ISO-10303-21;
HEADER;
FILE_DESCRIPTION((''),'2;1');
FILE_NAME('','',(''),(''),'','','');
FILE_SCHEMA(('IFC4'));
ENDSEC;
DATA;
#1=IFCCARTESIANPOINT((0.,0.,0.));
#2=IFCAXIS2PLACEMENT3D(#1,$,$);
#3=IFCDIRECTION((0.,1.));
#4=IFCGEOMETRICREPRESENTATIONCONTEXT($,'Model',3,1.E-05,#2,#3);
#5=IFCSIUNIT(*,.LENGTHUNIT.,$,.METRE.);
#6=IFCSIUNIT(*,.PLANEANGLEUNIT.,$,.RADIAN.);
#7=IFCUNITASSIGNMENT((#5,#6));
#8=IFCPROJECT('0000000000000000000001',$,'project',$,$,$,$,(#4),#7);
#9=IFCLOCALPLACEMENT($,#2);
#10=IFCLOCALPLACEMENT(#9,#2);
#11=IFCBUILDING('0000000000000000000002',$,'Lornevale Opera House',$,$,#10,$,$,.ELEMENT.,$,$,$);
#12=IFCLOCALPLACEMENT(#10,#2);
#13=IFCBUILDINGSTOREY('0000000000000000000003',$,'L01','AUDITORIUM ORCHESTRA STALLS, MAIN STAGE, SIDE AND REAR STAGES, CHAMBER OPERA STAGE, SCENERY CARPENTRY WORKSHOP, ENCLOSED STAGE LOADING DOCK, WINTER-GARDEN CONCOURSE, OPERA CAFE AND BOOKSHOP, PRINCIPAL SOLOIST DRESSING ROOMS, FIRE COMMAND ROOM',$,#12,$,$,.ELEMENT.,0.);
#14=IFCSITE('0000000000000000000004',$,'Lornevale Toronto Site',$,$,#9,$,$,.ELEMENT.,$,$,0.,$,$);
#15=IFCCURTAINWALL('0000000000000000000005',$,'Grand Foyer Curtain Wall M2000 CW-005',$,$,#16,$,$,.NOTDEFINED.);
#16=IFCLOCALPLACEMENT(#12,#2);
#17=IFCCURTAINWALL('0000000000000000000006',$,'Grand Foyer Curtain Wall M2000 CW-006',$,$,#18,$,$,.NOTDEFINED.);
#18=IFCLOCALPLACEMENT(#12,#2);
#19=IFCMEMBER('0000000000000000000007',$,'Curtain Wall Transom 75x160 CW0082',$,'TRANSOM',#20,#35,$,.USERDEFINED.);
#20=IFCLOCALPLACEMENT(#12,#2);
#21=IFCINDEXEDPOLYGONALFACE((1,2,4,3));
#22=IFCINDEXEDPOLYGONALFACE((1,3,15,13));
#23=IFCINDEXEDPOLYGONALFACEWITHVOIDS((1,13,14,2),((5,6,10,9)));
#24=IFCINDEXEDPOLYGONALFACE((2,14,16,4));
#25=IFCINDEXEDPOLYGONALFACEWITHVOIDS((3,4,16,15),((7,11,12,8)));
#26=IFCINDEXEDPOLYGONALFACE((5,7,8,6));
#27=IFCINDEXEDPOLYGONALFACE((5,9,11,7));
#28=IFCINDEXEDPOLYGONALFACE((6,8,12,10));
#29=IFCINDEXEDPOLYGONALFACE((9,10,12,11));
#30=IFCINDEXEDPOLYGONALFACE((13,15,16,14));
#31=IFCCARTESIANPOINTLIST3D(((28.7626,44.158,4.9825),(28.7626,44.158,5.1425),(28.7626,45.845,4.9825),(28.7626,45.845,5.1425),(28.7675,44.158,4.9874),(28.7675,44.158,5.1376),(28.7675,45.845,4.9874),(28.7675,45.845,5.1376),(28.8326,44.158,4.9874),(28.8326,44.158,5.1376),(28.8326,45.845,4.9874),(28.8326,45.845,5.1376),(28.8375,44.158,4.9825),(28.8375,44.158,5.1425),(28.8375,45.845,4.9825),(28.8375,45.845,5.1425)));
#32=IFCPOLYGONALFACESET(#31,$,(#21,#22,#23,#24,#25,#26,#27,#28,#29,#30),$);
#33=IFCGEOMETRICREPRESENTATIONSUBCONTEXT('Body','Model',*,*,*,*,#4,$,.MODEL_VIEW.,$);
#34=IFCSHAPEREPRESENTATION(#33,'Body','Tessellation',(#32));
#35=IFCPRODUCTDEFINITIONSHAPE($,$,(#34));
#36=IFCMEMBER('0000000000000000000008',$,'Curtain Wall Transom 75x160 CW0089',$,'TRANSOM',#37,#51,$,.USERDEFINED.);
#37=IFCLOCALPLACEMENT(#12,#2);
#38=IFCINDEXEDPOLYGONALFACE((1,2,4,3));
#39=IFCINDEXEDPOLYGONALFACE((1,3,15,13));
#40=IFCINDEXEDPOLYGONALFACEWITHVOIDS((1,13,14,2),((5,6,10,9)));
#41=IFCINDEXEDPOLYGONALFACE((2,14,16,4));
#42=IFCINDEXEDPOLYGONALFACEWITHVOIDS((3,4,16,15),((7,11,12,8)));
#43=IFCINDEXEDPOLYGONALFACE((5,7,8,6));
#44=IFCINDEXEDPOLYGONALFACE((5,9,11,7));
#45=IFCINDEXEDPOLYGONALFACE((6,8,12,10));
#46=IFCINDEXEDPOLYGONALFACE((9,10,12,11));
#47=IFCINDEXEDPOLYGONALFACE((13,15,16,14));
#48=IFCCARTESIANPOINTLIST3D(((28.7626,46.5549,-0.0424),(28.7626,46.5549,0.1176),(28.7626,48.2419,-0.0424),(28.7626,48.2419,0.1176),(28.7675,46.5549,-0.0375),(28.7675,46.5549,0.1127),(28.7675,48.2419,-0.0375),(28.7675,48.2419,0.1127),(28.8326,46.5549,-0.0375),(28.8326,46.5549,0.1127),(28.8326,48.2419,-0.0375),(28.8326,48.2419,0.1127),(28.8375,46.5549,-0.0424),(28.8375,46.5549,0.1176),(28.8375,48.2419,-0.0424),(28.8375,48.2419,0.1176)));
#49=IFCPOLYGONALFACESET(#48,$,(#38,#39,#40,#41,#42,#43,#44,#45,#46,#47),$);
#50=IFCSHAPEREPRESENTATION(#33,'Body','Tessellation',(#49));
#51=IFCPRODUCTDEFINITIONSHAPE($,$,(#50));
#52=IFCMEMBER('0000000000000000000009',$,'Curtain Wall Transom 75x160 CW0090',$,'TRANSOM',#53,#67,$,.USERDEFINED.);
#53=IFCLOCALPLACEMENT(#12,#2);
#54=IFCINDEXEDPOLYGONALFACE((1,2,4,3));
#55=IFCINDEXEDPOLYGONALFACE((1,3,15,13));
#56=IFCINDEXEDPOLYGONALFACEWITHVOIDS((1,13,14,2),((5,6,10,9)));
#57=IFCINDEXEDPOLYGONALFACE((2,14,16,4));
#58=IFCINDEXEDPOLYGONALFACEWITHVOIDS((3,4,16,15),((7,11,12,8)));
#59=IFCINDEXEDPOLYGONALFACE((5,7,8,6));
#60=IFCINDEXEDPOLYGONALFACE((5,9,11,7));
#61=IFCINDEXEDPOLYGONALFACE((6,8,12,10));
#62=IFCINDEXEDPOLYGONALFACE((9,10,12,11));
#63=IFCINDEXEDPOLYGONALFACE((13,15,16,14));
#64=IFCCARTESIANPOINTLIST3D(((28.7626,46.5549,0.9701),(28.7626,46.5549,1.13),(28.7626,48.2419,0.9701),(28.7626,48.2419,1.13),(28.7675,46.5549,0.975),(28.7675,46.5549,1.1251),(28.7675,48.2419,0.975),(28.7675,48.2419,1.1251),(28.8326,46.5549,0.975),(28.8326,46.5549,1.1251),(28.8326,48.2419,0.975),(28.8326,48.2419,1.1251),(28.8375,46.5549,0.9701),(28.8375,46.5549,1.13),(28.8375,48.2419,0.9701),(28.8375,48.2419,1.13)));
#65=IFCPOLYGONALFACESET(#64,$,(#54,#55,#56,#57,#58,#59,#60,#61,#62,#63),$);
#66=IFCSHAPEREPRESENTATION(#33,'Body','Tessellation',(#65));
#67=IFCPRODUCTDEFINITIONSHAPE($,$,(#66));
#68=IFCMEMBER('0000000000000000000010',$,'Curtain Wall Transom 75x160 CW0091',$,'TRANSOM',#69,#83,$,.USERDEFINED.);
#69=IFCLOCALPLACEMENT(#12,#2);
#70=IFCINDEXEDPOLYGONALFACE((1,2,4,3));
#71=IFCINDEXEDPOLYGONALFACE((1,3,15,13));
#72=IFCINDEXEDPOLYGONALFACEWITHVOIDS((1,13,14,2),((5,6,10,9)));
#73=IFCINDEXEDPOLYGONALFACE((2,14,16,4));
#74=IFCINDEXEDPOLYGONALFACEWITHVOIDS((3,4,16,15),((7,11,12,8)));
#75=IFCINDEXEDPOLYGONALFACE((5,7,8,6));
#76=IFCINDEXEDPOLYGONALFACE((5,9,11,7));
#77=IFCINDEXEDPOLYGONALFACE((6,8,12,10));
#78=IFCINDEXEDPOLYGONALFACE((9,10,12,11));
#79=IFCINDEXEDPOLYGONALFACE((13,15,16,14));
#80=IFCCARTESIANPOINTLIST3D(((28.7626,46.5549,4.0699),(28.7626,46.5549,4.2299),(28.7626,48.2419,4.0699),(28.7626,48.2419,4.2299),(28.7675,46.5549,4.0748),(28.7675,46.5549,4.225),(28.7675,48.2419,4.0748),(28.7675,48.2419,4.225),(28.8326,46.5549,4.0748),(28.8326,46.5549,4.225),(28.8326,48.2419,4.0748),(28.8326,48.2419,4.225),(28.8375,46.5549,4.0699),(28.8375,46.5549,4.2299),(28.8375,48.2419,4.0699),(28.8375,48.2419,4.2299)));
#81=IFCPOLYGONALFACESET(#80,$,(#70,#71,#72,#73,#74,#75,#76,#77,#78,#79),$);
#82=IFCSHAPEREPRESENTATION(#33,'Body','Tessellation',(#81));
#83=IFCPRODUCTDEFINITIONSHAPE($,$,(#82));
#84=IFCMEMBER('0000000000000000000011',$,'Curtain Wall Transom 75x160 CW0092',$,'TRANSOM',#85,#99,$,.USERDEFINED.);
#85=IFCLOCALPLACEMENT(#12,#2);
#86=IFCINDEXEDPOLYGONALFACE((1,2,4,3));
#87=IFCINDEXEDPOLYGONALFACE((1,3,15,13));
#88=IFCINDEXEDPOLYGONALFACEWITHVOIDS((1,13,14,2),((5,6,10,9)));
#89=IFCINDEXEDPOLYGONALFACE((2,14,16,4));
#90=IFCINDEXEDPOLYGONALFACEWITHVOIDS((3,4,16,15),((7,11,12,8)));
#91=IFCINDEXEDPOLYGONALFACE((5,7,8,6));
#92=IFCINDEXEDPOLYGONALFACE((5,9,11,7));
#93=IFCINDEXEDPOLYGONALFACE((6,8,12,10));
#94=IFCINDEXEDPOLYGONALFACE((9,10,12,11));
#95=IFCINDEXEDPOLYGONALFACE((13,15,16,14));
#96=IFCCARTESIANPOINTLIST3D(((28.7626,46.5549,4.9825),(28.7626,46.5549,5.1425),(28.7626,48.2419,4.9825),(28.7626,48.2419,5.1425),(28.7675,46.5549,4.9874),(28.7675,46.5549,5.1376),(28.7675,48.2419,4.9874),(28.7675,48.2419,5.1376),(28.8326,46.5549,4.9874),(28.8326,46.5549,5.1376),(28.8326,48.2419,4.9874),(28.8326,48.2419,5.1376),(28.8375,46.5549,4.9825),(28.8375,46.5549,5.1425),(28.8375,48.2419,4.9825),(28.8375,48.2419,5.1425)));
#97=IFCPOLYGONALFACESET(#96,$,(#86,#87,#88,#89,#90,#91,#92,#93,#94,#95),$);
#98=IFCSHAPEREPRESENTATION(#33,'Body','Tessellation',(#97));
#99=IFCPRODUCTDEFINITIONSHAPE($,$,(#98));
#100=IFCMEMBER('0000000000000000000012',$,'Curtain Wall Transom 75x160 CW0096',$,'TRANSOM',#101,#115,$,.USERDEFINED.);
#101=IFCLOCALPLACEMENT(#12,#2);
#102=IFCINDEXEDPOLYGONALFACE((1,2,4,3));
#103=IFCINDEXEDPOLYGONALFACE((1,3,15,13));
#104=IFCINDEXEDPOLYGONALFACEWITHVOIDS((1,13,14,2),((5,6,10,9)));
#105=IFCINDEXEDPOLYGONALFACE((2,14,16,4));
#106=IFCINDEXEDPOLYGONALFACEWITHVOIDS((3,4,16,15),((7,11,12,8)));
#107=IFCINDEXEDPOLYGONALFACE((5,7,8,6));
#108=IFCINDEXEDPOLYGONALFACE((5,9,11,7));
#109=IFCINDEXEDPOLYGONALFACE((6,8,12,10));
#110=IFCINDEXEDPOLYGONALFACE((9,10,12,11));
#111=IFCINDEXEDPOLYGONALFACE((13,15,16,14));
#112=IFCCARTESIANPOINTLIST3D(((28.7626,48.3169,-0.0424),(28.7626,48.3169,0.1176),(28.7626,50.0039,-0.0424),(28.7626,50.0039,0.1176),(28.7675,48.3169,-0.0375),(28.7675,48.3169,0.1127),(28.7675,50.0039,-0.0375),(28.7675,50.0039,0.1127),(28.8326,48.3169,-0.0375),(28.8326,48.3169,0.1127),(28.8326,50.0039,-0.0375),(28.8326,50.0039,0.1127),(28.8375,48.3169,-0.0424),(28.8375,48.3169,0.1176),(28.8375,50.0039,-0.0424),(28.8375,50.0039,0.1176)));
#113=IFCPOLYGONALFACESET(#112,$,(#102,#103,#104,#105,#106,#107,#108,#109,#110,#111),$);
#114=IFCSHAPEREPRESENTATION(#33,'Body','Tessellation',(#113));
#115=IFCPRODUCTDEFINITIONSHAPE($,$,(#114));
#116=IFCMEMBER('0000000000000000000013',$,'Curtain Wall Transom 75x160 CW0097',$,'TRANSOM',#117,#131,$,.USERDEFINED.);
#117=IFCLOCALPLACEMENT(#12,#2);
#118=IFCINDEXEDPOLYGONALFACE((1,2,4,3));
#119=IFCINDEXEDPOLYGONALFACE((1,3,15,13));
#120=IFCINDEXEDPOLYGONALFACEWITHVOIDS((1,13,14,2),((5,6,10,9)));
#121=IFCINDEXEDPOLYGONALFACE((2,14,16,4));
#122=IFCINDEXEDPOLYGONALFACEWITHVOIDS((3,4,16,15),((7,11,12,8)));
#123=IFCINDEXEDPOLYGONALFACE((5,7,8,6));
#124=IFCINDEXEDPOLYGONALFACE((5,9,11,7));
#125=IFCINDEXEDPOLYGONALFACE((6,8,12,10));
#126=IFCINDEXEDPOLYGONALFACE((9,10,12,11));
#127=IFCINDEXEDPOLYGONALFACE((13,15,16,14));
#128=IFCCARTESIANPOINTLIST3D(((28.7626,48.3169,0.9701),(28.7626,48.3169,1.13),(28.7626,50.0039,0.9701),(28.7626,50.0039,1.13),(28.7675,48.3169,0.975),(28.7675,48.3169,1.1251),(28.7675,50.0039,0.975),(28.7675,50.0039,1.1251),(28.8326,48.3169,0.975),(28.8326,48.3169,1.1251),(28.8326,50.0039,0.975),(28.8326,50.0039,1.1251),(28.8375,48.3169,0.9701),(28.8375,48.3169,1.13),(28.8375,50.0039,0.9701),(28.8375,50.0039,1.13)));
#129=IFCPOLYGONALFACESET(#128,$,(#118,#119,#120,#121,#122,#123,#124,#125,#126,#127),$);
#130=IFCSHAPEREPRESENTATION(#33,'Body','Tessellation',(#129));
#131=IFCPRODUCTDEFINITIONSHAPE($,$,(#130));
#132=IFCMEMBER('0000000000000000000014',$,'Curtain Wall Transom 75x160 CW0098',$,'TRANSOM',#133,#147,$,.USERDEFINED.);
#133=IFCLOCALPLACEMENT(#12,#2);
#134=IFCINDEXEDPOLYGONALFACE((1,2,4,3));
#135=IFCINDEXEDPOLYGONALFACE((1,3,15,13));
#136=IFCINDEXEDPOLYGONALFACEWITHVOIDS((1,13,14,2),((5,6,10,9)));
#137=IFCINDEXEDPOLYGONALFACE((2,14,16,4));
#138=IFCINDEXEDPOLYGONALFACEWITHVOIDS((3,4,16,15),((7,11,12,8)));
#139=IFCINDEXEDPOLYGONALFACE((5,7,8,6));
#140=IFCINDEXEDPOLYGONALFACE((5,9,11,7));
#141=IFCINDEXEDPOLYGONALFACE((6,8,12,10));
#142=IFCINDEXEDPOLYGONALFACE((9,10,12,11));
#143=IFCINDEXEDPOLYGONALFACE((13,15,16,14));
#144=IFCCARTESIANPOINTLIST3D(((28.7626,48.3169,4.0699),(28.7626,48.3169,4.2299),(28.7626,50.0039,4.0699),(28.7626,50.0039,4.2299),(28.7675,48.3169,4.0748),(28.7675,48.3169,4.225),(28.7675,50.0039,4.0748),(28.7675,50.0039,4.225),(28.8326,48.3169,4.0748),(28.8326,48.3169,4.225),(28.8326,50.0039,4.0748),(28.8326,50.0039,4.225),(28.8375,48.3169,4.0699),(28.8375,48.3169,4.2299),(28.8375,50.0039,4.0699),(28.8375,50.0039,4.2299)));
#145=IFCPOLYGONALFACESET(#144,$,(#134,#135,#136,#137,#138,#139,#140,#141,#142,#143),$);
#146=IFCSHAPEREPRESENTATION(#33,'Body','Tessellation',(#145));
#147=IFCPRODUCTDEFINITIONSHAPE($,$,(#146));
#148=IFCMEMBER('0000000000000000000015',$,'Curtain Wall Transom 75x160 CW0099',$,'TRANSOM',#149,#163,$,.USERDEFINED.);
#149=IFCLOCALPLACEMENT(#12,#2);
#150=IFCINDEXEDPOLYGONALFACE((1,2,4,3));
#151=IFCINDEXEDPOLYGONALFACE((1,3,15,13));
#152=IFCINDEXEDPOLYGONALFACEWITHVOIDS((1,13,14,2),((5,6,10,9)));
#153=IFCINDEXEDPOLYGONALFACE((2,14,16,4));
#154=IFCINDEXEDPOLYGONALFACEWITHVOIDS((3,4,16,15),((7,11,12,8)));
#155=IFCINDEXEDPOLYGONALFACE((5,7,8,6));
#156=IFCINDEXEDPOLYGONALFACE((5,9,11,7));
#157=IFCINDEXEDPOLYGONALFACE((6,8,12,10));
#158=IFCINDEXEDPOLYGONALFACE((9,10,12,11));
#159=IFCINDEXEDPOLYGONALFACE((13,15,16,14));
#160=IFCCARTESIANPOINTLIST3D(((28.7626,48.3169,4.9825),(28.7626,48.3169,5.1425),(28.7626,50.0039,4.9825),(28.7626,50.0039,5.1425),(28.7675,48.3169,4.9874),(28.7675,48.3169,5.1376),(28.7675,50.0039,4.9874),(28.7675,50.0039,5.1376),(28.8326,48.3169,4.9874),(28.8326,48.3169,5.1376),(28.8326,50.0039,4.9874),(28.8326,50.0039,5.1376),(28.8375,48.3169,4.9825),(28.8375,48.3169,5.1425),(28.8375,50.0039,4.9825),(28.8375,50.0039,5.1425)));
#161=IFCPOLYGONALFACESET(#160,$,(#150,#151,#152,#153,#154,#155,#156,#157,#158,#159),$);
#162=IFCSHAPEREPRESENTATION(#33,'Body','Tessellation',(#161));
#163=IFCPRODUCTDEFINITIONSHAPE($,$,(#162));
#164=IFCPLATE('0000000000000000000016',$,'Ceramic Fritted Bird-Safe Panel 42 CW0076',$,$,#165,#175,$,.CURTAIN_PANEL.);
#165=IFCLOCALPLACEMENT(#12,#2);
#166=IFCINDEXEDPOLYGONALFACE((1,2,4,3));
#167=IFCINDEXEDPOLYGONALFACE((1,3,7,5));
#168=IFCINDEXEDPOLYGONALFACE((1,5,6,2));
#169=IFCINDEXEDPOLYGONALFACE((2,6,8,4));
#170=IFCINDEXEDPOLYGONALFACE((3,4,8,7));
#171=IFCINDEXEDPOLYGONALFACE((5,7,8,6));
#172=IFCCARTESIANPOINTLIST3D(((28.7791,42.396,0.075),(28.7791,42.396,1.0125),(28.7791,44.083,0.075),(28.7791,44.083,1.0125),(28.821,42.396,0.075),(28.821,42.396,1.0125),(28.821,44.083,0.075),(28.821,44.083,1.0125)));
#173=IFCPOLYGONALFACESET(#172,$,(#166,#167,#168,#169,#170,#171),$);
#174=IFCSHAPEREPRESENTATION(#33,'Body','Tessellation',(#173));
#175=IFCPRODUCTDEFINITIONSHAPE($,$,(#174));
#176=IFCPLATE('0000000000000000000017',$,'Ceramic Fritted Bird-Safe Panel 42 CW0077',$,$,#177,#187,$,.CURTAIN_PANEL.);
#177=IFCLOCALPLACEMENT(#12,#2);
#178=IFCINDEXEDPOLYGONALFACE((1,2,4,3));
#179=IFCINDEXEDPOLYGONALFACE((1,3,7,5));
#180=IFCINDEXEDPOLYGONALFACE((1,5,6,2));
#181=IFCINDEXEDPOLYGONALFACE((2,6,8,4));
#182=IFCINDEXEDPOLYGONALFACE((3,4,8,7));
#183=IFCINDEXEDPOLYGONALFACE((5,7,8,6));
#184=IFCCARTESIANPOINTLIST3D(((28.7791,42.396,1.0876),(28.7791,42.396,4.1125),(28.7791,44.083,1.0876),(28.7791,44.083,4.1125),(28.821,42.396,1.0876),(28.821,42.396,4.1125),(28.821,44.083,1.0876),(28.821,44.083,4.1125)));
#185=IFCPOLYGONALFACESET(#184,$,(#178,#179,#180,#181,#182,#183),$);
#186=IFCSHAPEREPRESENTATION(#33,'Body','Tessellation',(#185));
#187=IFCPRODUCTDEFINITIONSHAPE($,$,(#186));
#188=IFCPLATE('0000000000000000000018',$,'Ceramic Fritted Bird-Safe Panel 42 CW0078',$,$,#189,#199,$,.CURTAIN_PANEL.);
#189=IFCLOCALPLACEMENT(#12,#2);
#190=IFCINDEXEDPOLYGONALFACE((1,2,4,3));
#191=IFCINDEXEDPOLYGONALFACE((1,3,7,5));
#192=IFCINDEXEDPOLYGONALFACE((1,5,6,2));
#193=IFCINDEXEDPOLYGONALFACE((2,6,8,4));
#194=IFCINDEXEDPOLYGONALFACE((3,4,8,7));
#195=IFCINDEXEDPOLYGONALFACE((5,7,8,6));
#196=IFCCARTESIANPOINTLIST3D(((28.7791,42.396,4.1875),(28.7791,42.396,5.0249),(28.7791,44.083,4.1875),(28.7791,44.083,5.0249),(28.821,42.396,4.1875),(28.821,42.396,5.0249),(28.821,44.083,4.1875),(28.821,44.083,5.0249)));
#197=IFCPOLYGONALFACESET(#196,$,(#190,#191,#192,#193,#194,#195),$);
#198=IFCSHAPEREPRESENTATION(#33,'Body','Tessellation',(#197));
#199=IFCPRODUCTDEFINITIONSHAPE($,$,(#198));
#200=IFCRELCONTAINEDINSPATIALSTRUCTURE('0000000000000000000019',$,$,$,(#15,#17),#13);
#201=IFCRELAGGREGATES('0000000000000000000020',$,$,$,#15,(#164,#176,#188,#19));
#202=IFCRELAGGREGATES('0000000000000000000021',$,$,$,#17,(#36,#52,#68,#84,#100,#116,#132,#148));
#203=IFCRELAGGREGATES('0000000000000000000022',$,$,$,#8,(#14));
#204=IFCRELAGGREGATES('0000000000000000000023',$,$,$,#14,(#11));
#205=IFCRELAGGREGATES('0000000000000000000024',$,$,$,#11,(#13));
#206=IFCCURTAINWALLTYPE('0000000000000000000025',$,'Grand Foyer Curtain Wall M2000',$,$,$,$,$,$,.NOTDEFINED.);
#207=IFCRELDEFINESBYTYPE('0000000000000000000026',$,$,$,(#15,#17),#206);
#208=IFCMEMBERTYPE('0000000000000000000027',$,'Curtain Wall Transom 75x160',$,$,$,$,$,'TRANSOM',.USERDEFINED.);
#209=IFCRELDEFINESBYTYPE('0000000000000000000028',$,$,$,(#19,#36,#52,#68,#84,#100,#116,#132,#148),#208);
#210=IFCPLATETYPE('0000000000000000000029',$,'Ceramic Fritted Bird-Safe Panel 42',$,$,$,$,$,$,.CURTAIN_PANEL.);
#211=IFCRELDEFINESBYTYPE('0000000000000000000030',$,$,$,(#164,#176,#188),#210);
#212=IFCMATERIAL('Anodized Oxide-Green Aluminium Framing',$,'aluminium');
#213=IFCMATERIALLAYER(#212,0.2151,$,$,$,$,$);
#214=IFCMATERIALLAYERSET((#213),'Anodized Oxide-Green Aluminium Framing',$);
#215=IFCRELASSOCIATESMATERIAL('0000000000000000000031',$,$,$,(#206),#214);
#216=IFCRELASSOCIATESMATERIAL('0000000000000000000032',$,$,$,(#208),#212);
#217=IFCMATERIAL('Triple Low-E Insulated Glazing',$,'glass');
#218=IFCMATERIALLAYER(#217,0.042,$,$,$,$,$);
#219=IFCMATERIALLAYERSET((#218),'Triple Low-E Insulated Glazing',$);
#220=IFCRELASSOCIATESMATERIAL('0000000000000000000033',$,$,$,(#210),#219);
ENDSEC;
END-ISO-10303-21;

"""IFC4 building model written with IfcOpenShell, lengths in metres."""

from ifc_helpers import new_model, si_unit, direction, frame, origin, origin_2d, place, context, subcontext, project, spatial, rectangle, hollow_rectangle, extrude, material, layer, layer_set, material_profile, profile_set, type_object, element, aggregate, save


model = new_model("IFC4")

# Units and contexts
model_context = context("Model", 3, precision=1e-05, world=origin(), true_north=direction((0.0, 1.0)))
body_context = subcontext(model_context, "Body", "Model", "MODEL_VIEW")
ifc_project = project(units=[si_unit("LENGTHUNIT", "METRE"), si_unit("PLANEANGLEUNIT", "RADIAN")], contexts=[model_context])

# Site, building, storey
site_placement = place(None, origin())
site = spatial("IfcSite", under=ifc_project, at=site_placement, Name="Lornevale Toronto Site", CompositionType="ELEMENT", RefElevation=0.0)
building_placement = place(site_placement, origin())
building = spatial("IfcBuilding", under=site, at=building_placement, Name="Lornevale Opera House", CompositionType="ELEMENT")
storey_placement = place(building_placement, origin())
storey = spatial("IfcBuildingStorey", under=building, at=storey_placement, Name="L01", Description="AUDITORIUM ORCHESTRA STALLS, MAIN STAGE, SIDE AND REAR STAGES, CHAMBER OPERA STAGE, SCENERY CARPENTRY WORKSHOP, ENCLOSED STAGE LOADING DOCK, WINTER-GARDEN CONCOURSE, OPERA CAFE AND BOOKSHOP, PRINCIPAL SOLOIST DRESSING ROOMS, FIRE COMMAND ROOM", CompositionType="ELEMENT", Elevation=0.0)

# Curtain walls
ifc_material_1 = material(Name="Anodized Oxide-Green Aluminium Framing", Category="aluminium")
ifc_layer_1 = layer(ifc_material_1, 0.2151)
ifc_layer_set_1 = layer_set([ifc_layer_1], Name="Anodized Oxide-Green Aluminium Framing")
curtain_wall_type = type_object("IfcCurtainWallType", Name="Grand Foyer Curtain Wall M2000", PredefinedType="NOTDEFINED", material=ifc_layer_set_1)
curtain_wall_1_placement = place(storey_placement, origin())
curtain_wall_1 = element("IfcCurtainWall", 1, at=curtain_wall_1_placement, inside=storey, type_object=curtain_wall_type, Name="Grand Foyer Curtain Wall M2000 CW-005", PredefinedType="NOTDEFINED")
curtain_wall_2_placement = place(storey_placement, origin())
curtain_wall_2 = element("IfcCurtainWall", 2, at=curtain_wall_2_placement, inside=storey, type_object=curtain_wall_type, Name="Grand Foyer Curtain Wall M2000 CW-006", PredefinedType="NOTDEFINED")

# Members
ifc_material_profile_1 = material_profile(ifc_material_1, hollow_rectangle(XDim=0.075, YDim=0.1599, WallThickness=0.0049, at=origin_2d()), Name="ALU75x160x5")
ifc_profile_set_1 = profile_set([ifc_material_profile_1], Name="Anodized Oxide-Green Aluminium Framing")
member_type_1 = type_object("IfcMemberType", Name="Curtain Wall Transom 75x160", ElementType="TRANSOM", PredefinedType="USERDEFINED", material=ifc_profile_set_1)
member_1_placement = place(storey_placement, frame((28.8, 44.158, 5.0625), z_axis=(0.0, 1.0, 0.0), x_axis=(-1.0, 0.0, 0.0)))
member_1 = element("IfcMember", 3, at=member_1_placement, type_object=member_type_1, Name="Curtain Wall Transom 75x160 CW0082", ObjectType="TRANSOM", PredefinedType="USERDEFINED", context=body_context, shape_type="SweptSolid", body=[
    extrude(hollow_rectangle(XDim=0.075, YDim=0.1599, WallThickness=0.0049, at=origin_2d()), origin(), (0.0, 0.0, 1.0), 1.687),
])
member_2_placement = place(storey_placement, frame((28.8, 46.5549, 0.0376), z_axis=(0.0, 1.0, 0.0), x_axis=(-1.0, 0.0, 0.0)))
member_2 = element("IfcMember", 4, at=member_2_placement, type_object=member_type_1, Name="Curtain Wall Transom 75x160 CW0089", ObjectType="TRANSOM", PredefinedType="USERDEFINED", context=body_context, shape_type="SweptSolid", body=[
    extrude(hollow_rectangle(XDim=0.075, YDim=0.1599, WallThickness=0.0049, at=origin_2d()), origin(), (0.0, 0.0, 1.0), 1.687),
])
member_3_placement = place(storey_placement, frame((28.8, 46.5549, 1.05), z_axis=(0.0, 1.0, 0.0), x_axis=(-1.0, 0.0, 0.0)))
member_3 = element("IfcMember", 5, at=member_3_placement, type_object=member_type_1, Name="Curtain Wall Transom 75x160 CW0090", ObjectType="TRANSOM", PredefinedType="USERDEFINED", context=body_context, shape_type="SweptSolid", body=[
    extrude(hollow_rectangle(XDim=0.075, YDim=0.1599, WallThickness=0.0049, at=origin_2d()), origin(), (0.0, 0.0, 1.0), 1.687),
])
member_4_placement = place(storey_placement, frame((28.8, 46.5549, 4.1499), z_axis=(0.0, 1.0, 0.0), x_axis=(-1.0, 0.0, 0.0)))
member_4 = element("IfcMember", 6, at=member_4_placement, type_object=member_type_1, Name="Curtain Wall Transom 75x160 CW0091", ObjectType="TRANSOM", PredefinedType="USERDEFINED", context=body_context, shape_type="SweptSolid", body=[
    extrude(hollow_rectangle(XDim=0.075, YDim=0.1599, WallThickness=0.0049, at=origin_2d()), origin(), (0.0, 0.0, 1.0), 1.687),
])
member_5_placement = place(storey_placement, frame((28.8, 46.5549, 5.0625), z_axis=(0.0, 1.0, 0.0), x_axis=(-1.0, 0.0, 0.0)))
member_5 = element("IfcMember", 7, at=member_5_placement, type_object=member_type_1, Name="Curtain Wall Transom 75x160 CW0092", ObjectType="TRANSOM", PredefinedType="USERDEFINED", context=body_context, shape_type="SweptSolid", body=[
    extrude(hollow_rectangle(XDim=0.075, YDim=0.1599, WallThickness=0.0049, at=origin_2d()), origin(), (0.0, 0.0, 1.0), 1.687),
])
member_6_placement = place(storey_placement, frame((28.8, 48.3169, 0.0376), z_axis=(0.0, 1.0, 0.0), x_axis=(-1.0, 0.0, 0.0)))
member_6 = element("IfcMember", 8, at=member_6_placement, type_object=member_type_1, Name="Curtain Wall Transom 75x160 CW0096", ObjectType="TRANSOM", PredefinedType="USERDEFINED", context=body_context, shape_type="SweptSolid", body=[
    extrude(hollow_rectangle(XDim=0.075, YDim=0.1599, WallThickness=0.0049, at=origin_2d()), origin(), (0.0, 0.0, 1.0), 1.687),
])
member_7_placement = place(storey_placement, frame((28.8, 48.3169, 1.05), z_axis=(0.0, 1.0, 0.0), x_axis=(-1.0, 0.0, 0.0)))
member_7 = element("IfcMember", 9, at=member_7_placement, type_object=member_type_1, Name="Curtain Wall Transom 75x160 CW0097", ObjectType="TRANSOM", PredefinedType="USERDEFINED", context=body_context, shape_type="SweptSolid", body=[
    extrude(hollow_rectangle(XDim=0.075, YDim=0.1599, WallThickness=0.0049, at=origin_2d()), origin(), (0.0, 0.0, 1.0), 1.687),
])
member_8_placement = place(storey_placement, frame((28.8, 48.3169, 4.1499), z_axis=(0.0, 1.0, 0.0), x_axis=(-1.0, 0.0, 0.0)))
member_8 = element("IfcMember", 10, at=member_8_placement, type_object=member_type_1, Name="Curtain Wall Transom 75x160 CW0098", ObjectType="TRANSOM", PredefinedType="USERDEFINED", context=body_context, shape_type="SweptSolid", body=[
    extrude(hollow_rectangle(XDim=0.075, YDim=0.1599, WallThickness=0.0049, at=origin_2d()), origin(), (0.0, 0.0, 1.0), 1.687),
])
member_9_placement = place(storey_placement, frame((28.8, 48.3169, 5.0625), z_axis=(0.0, 1.0, 0.0), x_axis=(-1.0, 0.0, 0.0)))
member_9 = element("IfcMember", 11, at=member_9_placement, type_object=member_type_1, Name="Curtain Wall Transom 75x160 CW0099", ObjectType="TRANSOM", PredefinedType="USERDEFINED", context=body_context, shape_type="SweptSolid", body=[
    extrude(hollow_rectangle(XDim=0.075, YDim=0.1599, WallThickness=0.0049, at=origin_2d()), origin(), (0.0, 0.0, 1.0), 1.687),
])

# Plates
ifc_material_2 = material(Name="Triple Low-E Insulated Glazing", Category="glass")
ifc_layer_2 = layer(ifc_material_2, 0.042)
ifc_layer_set_2 = layer_set([ifc_layer_2], Name="Triple Low-E Insulated Glazing")
plate_type = type_object("IfcPlateType", Name="Ceramic Fritted Bird-Safe Panel 42", PredefinedType="CURTAIN_PANEL", material=ifc_layer_set_2)
plate_1_placement = place(storey_placement, frame((28.8, 43.2395, 0.075), z_axis=(0.0, 0.0, 1.0), x_axis=(0.0, 1.0, 0.0)))
plate_1 = element("IfcPlate", 12, at=plate_1_placement, type_object=plate_type, Name="Ceramic Fritted Bird-Safe Panel 42 CW0076", PredefinedType="CURTAIN_PANEL", context=body_context, shape_type="SweptSolid", body=[
    extrude(rectangle(XDim=1.687, YDim=0.042, at=origin_2d()), origin(), (0.0, 0.0, 1.0), 0.9375),
])
plate_2_placement = place(storey_placement, frame((28.8, 43.2395, 1.0876), z_axis=(0.0, 0.0, 1.0), x_axis=(0.0, 1.0, 0.0)))
plate_2 = element("IfcPlate", 13, at=plate_2_placement, type_object=plate_type, Name="Ceramic Fritted Bird-Safe Panel 42 CW0077", PredefinedType="CURTAIN_PANEL", context=body_context, shape_type="SweptSolid", body=[
    extrude(rectangle(XDim=1.687, YDim=0.042, at=origin_2d()), origin(), (0.0, 0.0, 1.0), 3.0249),
])
plate_3_placement = place(storey_placement, frame((28.8, 43.2395, 4.1875), z_axis=(0.0, 0.0, 1.0), x_axis=(0.0, 1.0, 0.0)))
plate_3 = element("IfcPlate", 14, at=plate_3_placement, type_object=plate_type, Name="Ceramic Fritted Bird-Safe Panel 42 CW0078", PredefinedType="CURTAIN_PANEL", context=body_context, shape_type="SweptSolid", body=[
    extrude(rectangle(XDim=1.687, YDim=0.042, at=origin_2d()), origin(), (0.0, 0.0, 1.0), 0.8374),
])
aggregate(curtain_wall_1, [plate_1, plate_2, plate_3, member_1])
aggregate(curtain_wall_2, [member_2, member_3, member_4, member_5, member_6, member_7, member_8, member_9])

save(model, "model.ifc")
